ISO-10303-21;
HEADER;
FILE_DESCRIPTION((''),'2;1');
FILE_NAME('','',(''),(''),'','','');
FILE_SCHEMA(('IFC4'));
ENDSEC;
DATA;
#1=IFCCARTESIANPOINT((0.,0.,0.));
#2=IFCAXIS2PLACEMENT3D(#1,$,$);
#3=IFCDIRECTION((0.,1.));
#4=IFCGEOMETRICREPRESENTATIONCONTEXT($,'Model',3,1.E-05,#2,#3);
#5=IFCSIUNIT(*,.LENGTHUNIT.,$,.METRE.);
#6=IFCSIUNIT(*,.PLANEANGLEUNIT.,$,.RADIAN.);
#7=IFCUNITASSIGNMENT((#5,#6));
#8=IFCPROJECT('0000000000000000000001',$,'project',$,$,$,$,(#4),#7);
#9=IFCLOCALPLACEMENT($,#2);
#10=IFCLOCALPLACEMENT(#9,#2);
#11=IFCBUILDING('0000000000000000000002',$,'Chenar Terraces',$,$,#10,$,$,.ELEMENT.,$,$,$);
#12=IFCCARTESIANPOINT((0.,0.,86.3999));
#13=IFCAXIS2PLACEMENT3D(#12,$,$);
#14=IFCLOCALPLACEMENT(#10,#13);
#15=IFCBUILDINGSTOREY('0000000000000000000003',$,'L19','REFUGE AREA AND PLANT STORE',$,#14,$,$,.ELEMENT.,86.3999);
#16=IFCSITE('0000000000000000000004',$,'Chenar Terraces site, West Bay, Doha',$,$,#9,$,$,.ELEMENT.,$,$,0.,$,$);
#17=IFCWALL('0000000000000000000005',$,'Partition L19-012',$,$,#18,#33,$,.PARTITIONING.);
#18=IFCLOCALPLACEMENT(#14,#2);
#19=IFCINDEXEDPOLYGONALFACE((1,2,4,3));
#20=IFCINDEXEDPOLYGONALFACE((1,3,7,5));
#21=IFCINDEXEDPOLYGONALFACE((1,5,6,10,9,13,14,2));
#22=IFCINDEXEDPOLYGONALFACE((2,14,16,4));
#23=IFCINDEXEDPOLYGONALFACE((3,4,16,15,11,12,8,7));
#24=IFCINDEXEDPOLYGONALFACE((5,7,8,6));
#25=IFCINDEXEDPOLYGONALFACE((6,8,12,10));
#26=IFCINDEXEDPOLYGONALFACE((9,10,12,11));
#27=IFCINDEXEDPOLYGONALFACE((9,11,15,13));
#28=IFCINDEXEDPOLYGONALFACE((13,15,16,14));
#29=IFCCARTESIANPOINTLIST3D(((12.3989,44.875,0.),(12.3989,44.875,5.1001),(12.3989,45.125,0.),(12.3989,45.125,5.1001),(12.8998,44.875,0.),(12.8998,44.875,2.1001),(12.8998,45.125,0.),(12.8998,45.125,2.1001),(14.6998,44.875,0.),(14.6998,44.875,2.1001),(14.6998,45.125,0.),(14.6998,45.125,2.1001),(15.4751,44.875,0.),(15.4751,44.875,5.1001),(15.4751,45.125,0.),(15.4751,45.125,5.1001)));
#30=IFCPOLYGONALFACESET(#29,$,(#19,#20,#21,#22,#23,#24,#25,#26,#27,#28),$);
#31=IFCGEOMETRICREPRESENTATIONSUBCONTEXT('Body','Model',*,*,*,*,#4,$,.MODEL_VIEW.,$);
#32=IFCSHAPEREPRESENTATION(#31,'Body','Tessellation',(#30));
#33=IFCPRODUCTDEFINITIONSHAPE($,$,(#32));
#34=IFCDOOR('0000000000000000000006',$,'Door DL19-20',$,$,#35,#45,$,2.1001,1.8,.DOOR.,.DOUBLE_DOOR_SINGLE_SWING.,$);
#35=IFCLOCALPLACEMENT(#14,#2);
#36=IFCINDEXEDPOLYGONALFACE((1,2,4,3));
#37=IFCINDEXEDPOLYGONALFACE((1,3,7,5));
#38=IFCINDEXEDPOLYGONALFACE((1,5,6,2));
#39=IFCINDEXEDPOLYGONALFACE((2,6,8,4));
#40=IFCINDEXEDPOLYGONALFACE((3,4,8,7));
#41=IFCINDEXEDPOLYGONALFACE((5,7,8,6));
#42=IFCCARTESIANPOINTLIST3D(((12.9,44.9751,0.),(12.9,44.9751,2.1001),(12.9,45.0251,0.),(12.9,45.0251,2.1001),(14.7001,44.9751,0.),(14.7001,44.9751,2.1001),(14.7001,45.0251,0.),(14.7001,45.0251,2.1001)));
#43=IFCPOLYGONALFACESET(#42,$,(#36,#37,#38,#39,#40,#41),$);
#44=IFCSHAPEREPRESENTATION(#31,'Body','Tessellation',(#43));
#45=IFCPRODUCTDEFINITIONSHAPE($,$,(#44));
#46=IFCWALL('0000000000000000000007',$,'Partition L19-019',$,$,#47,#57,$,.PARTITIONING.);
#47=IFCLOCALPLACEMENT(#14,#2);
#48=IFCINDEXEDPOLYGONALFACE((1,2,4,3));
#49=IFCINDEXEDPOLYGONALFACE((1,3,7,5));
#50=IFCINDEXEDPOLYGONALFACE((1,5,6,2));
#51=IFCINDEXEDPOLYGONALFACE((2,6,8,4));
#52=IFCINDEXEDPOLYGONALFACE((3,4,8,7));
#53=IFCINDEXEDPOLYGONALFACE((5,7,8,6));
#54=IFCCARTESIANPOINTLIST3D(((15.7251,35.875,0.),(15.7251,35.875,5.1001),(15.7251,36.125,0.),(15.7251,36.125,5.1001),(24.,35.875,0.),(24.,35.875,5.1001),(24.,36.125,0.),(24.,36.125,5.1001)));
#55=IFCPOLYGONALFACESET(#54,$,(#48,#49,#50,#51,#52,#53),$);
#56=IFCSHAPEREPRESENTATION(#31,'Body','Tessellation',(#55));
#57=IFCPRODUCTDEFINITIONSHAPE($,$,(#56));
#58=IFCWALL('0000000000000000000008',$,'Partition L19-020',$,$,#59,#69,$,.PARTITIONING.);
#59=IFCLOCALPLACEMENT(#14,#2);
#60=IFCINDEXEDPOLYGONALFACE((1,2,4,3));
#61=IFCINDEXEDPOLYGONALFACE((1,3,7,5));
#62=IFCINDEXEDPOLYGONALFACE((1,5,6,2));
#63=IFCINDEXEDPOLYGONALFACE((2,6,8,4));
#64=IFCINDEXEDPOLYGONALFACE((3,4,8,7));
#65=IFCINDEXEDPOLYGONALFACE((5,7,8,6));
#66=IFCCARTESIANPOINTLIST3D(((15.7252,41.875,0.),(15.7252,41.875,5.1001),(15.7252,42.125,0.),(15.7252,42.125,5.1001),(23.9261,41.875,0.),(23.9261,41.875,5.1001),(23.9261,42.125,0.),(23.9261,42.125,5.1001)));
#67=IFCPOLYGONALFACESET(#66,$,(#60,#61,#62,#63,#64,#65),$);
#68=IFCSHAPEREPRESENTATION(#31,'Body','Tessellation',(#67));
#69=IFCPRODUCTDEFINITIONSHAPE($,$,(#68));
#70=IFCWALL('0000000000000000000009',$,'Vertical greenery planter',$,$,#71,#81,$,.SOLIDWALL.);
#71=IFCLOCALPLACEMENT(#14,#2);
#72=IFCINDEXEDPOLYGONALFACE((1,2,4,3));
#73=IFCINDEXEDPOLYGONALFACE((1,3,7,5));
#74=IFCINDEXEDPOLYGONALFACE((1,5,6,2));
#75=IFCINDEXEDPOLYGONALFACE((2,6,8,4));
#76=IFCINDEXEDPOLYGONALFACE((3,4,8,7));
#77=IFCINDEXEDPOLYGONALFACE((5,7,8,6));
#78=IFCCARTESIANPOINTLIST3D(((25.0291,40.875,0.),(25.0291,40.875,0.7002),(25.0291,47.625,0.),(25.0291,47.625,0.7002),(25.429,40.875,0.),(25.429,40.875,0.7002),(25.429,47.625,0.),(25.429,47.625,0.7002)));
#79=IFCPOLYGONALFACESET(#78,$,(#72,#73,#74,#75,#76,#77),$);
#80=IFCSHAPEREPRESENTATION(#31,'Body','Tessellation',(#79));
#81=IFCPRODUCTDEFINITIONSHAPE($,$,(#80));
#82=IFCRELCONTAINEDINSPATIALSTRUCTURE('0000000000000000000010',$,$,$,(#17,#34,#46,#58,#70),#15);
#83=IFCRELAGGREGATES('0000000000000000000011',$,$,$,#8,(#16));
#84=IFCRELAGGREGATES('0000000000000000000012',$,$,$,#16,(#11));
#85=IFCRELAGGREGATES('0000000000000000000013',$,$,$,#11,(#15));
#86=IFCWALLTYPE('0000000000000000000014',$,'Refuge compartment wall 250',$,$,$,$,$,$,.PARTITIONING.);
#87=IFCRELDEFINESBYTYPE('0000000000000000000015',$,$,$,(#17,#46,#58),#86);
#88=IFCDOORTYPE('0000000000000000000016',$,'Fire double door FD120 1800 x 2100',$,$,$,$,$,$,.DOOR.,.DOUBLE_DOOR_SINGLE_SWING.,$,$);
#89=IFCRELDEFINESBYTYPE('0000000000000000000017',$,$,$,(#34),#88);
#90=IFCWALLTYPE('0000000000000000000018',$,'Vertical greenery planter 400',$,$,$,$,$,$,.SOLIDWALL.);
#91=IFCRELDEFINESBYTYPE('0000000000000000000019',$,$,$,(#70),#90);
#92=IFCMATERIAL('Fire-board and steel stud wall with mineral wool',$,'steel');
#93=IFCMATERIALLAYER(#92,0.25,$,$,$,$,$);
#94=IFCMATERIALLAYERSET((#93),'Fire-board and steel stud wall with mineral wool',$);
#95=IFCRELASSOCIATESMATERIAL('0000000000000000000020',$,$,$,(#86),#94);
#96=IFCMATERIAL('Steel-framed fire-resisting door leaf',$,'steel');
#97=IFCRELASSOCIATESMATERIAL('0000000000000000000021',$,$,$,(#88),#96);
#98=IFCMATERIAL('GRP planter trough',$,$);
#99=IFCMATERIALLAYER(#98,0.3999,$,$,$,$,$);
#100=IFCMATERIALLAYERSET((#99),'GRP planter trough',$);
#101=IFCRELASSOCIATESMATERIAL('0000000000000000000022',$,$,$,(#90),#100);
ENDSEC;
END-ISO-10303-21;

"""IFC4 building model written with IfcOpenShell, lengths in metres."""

from ifc_helpers import new_model, si_unit, direction, frame, frame_2d, origin, place, context, subcontext, project, spatial, rectangle, extrude, material, layer, layer_set, type_object, element, fill, save


model = new_model("IFC4")

# Units and contexts
model_context = context("Model", 3, precision=1e-05, world=origin(), true_north=direction((0.0, 1.0)))
body_context = subcontext(model_context, "Body", "Model", "MODEL_VIEW")
ifc_project = project(units=[si_unit("LENGTHUNIT", "METRE"), si_unit("PLANEANGLEUNIT", "RADIAN")], contexts=[model_context])

# Site, building, storey
site_placement = place(None, origin())
site = spatial("IfcSite", under=ifc_project, at=site_placement, Name="Chenar Terraces site, West Bay, Doha", CompositionType="ELEMENT", RefElevation=0.0)
building_placement = place(site_placement, origin())
building = spatial("IfcBuilding", under=site, at=building_placement, Name="Chenar Terraces", CompositionType="ELEMENT")
storey_placement = place(building_placement, frame((0.0, 0.0, 86.3999)))
storey = spatial("IfcBuildingStorey", under=building, at=storey_placement, Name="L19", Description="REFUGE AREA AND PLANT STORE", CompositionType="ELEMENT", Elevation=86.3999)

# Wall, opening, door
ifc_material_1 = material(Name="Fire-board and steel stud wall with mineral wool", Category="steel")
ifc_layer_1 = layer(ifc_material_1, 0.25)
ifc_layer_set_1 = layer_set([ifc_layer_1], Name="Fire-board and steel stud wall with mineral wool")
wall_type_1 = type_object("IfcWallType", Name="Refuge compartment wall 250", PredefinedType="PARTITIONING", material=ifc_layer_set_1)
wall_1_placement = place(storey_placement, frame((12.3989, 45.0, 0.0), z_axis=(0.0, 0.0, 1.0), x_axis=(1.0, 0.0, 0.0)))
wall_1 = element("IfcWall", 1, at=wall_1_placement, inside=storey, type_object=wall_type_1, Name="Partition L19-012", PredefinedType="PARTITIONING", context=body_context, shape_type="SweptSolid", body=[
    extrude(rectangle(XDim=3.0762, YDim=0.25, at=frame_2d((1.5381, 0.0))), origin(), (0.0, 0.0, 1.0), 5.1001),
])
opening_1_placement = place(wall_1_placement, frame((0.501, 0.0, 0.0)))
opening_1 = element("IfcOpeningElement", 2, at=opening_1_placement, cuts=wall_1, PredefinedType="OPENING", context=body_context, shape_type="SweptSolid", body=[
    extrude(rectangle(XDim=1.8, YDim=2.1001, at=frame_2d((0.8999, 1.05))), frame((0.0, 0.135, 0.0), z_axis=(0.0, -1.0, 0.0), x_axis=(1.0, 0.0, 0.0)), (0.0, 0.0, 1.0), 0.27),
])
ifc_material_2 = material(Name="Steel-framed fire-resisting door leaf", Category="steel")
door_type_1 = type_object("IfcDoorType", Name="Fire double door FD120 1800 x 2100", OperationType="DOUBLE_DOOR_SINGLE_SWING", PredefinedType="DOOR", material=ifc_material_2)
door_1_placement = place(opening_1_placement, frame((1.8, 0.0, 0.0), z_axis=(0.0, 0.0, 1.0), x_axis=(-1.0, 0.0, 0.0)))
door_1 = element("IfcDoor", 3, at=door_1_placement, inside=storey, type_object=door_type_1, Name="Door DL19-20", OperationType="DOUBLE_DOOR_SINGLE_SWING", OverallHeight=2.1001, OverallWidth=1.8, PredefinedType="DOOR", context=body_context, shape_type="SweptSolid", body=[
    extrude(rectangle(XDim=1.8, YDim=2.1001, at=frame_2d((0.8999, 1.05))), frame((0.0, 0.0249, 0.0), z_axis=(0.0, -1.0, 0.0), x_axis=(1.0, 0.0, 0.0)), (0.0, 0.0, 1.0), 0.05),
])
fill(opening_1, door_1)

# Walls
wall_2_placement = place(storey_placement, frame((15.7251, 36.0, 0.0), z_axis=(0.0, 0.0, 1.0), x_axis=(1.0, 0.0, 0.0)))
element("IfcWall", 4, at=wall_2_placement, inside=storey, type_object=wall_type_1, Name="Partition L19-019", PredefinedType="PARTITIONING", context=body_context, shape_type="SweptSolid", body=[
    extrude(rectangle(XDim=8.2749, YDim=0.25, at=frame_2d((4.1375, 0.0))), origin(), (0.0, 0.0, 1.0), 5.1001),
])
wall_3_placement = place(storey_placement, frame((15.7251, 42.0, 0.0), z_axis=(0.0, 0.0, 1.0), x_axis=(1.0, 0.0, 0.0)))
element("IfcWall", 5, at=wall_3_placement, inside=storey, type_object=wall_type_1, Name="Partition L19-020", PredefinedType="PARTITIONING", context=body_context, shape_type="SweptSolid", body=[
    extrude(rectangle(XDim=8.2009, YDim=0.25, at=frame_2d((4.1006, 0.0))), origin(), (0.0, 0.0, 1.0), 5.1001),
])
ifc_material_3 = material(Name="GRP planter trough")
ifc_layer_2 = layer(ifc_material_3, 0.3999)
ifc_layer_set_2 = layer_set([ifc_layer_2], Name="GRP planter trough")
wall_type_2 = type_object("IfcWallType", Name="Vertical greenery planter 400", PredefinedType="SOLIDWALL", material=ifc_layer_set_2)
wall_4_placement = place(storey_placement, frame((25.229, 40.875, 0.0), z_axis=(0.0, 0.0, 1.0), x_axis=(0.0, 1.0, 0.0)))
element("IfcWall", 6, at=wall_4_placement, inside=storey, type_object=wall_type_2, Name="Vertical greenery planter", PredefinedType="SOLIDWALL", context=body_context, shape_type="SweptSolid", body=[
    extrude(rectangle(XDim=6.75, YDim=0.3999, at=frame_2d((3.375, 0.0))), origin(), (0.0, 0.0, 1.0), 0.7002),
])

save(model, "model.ifc")
